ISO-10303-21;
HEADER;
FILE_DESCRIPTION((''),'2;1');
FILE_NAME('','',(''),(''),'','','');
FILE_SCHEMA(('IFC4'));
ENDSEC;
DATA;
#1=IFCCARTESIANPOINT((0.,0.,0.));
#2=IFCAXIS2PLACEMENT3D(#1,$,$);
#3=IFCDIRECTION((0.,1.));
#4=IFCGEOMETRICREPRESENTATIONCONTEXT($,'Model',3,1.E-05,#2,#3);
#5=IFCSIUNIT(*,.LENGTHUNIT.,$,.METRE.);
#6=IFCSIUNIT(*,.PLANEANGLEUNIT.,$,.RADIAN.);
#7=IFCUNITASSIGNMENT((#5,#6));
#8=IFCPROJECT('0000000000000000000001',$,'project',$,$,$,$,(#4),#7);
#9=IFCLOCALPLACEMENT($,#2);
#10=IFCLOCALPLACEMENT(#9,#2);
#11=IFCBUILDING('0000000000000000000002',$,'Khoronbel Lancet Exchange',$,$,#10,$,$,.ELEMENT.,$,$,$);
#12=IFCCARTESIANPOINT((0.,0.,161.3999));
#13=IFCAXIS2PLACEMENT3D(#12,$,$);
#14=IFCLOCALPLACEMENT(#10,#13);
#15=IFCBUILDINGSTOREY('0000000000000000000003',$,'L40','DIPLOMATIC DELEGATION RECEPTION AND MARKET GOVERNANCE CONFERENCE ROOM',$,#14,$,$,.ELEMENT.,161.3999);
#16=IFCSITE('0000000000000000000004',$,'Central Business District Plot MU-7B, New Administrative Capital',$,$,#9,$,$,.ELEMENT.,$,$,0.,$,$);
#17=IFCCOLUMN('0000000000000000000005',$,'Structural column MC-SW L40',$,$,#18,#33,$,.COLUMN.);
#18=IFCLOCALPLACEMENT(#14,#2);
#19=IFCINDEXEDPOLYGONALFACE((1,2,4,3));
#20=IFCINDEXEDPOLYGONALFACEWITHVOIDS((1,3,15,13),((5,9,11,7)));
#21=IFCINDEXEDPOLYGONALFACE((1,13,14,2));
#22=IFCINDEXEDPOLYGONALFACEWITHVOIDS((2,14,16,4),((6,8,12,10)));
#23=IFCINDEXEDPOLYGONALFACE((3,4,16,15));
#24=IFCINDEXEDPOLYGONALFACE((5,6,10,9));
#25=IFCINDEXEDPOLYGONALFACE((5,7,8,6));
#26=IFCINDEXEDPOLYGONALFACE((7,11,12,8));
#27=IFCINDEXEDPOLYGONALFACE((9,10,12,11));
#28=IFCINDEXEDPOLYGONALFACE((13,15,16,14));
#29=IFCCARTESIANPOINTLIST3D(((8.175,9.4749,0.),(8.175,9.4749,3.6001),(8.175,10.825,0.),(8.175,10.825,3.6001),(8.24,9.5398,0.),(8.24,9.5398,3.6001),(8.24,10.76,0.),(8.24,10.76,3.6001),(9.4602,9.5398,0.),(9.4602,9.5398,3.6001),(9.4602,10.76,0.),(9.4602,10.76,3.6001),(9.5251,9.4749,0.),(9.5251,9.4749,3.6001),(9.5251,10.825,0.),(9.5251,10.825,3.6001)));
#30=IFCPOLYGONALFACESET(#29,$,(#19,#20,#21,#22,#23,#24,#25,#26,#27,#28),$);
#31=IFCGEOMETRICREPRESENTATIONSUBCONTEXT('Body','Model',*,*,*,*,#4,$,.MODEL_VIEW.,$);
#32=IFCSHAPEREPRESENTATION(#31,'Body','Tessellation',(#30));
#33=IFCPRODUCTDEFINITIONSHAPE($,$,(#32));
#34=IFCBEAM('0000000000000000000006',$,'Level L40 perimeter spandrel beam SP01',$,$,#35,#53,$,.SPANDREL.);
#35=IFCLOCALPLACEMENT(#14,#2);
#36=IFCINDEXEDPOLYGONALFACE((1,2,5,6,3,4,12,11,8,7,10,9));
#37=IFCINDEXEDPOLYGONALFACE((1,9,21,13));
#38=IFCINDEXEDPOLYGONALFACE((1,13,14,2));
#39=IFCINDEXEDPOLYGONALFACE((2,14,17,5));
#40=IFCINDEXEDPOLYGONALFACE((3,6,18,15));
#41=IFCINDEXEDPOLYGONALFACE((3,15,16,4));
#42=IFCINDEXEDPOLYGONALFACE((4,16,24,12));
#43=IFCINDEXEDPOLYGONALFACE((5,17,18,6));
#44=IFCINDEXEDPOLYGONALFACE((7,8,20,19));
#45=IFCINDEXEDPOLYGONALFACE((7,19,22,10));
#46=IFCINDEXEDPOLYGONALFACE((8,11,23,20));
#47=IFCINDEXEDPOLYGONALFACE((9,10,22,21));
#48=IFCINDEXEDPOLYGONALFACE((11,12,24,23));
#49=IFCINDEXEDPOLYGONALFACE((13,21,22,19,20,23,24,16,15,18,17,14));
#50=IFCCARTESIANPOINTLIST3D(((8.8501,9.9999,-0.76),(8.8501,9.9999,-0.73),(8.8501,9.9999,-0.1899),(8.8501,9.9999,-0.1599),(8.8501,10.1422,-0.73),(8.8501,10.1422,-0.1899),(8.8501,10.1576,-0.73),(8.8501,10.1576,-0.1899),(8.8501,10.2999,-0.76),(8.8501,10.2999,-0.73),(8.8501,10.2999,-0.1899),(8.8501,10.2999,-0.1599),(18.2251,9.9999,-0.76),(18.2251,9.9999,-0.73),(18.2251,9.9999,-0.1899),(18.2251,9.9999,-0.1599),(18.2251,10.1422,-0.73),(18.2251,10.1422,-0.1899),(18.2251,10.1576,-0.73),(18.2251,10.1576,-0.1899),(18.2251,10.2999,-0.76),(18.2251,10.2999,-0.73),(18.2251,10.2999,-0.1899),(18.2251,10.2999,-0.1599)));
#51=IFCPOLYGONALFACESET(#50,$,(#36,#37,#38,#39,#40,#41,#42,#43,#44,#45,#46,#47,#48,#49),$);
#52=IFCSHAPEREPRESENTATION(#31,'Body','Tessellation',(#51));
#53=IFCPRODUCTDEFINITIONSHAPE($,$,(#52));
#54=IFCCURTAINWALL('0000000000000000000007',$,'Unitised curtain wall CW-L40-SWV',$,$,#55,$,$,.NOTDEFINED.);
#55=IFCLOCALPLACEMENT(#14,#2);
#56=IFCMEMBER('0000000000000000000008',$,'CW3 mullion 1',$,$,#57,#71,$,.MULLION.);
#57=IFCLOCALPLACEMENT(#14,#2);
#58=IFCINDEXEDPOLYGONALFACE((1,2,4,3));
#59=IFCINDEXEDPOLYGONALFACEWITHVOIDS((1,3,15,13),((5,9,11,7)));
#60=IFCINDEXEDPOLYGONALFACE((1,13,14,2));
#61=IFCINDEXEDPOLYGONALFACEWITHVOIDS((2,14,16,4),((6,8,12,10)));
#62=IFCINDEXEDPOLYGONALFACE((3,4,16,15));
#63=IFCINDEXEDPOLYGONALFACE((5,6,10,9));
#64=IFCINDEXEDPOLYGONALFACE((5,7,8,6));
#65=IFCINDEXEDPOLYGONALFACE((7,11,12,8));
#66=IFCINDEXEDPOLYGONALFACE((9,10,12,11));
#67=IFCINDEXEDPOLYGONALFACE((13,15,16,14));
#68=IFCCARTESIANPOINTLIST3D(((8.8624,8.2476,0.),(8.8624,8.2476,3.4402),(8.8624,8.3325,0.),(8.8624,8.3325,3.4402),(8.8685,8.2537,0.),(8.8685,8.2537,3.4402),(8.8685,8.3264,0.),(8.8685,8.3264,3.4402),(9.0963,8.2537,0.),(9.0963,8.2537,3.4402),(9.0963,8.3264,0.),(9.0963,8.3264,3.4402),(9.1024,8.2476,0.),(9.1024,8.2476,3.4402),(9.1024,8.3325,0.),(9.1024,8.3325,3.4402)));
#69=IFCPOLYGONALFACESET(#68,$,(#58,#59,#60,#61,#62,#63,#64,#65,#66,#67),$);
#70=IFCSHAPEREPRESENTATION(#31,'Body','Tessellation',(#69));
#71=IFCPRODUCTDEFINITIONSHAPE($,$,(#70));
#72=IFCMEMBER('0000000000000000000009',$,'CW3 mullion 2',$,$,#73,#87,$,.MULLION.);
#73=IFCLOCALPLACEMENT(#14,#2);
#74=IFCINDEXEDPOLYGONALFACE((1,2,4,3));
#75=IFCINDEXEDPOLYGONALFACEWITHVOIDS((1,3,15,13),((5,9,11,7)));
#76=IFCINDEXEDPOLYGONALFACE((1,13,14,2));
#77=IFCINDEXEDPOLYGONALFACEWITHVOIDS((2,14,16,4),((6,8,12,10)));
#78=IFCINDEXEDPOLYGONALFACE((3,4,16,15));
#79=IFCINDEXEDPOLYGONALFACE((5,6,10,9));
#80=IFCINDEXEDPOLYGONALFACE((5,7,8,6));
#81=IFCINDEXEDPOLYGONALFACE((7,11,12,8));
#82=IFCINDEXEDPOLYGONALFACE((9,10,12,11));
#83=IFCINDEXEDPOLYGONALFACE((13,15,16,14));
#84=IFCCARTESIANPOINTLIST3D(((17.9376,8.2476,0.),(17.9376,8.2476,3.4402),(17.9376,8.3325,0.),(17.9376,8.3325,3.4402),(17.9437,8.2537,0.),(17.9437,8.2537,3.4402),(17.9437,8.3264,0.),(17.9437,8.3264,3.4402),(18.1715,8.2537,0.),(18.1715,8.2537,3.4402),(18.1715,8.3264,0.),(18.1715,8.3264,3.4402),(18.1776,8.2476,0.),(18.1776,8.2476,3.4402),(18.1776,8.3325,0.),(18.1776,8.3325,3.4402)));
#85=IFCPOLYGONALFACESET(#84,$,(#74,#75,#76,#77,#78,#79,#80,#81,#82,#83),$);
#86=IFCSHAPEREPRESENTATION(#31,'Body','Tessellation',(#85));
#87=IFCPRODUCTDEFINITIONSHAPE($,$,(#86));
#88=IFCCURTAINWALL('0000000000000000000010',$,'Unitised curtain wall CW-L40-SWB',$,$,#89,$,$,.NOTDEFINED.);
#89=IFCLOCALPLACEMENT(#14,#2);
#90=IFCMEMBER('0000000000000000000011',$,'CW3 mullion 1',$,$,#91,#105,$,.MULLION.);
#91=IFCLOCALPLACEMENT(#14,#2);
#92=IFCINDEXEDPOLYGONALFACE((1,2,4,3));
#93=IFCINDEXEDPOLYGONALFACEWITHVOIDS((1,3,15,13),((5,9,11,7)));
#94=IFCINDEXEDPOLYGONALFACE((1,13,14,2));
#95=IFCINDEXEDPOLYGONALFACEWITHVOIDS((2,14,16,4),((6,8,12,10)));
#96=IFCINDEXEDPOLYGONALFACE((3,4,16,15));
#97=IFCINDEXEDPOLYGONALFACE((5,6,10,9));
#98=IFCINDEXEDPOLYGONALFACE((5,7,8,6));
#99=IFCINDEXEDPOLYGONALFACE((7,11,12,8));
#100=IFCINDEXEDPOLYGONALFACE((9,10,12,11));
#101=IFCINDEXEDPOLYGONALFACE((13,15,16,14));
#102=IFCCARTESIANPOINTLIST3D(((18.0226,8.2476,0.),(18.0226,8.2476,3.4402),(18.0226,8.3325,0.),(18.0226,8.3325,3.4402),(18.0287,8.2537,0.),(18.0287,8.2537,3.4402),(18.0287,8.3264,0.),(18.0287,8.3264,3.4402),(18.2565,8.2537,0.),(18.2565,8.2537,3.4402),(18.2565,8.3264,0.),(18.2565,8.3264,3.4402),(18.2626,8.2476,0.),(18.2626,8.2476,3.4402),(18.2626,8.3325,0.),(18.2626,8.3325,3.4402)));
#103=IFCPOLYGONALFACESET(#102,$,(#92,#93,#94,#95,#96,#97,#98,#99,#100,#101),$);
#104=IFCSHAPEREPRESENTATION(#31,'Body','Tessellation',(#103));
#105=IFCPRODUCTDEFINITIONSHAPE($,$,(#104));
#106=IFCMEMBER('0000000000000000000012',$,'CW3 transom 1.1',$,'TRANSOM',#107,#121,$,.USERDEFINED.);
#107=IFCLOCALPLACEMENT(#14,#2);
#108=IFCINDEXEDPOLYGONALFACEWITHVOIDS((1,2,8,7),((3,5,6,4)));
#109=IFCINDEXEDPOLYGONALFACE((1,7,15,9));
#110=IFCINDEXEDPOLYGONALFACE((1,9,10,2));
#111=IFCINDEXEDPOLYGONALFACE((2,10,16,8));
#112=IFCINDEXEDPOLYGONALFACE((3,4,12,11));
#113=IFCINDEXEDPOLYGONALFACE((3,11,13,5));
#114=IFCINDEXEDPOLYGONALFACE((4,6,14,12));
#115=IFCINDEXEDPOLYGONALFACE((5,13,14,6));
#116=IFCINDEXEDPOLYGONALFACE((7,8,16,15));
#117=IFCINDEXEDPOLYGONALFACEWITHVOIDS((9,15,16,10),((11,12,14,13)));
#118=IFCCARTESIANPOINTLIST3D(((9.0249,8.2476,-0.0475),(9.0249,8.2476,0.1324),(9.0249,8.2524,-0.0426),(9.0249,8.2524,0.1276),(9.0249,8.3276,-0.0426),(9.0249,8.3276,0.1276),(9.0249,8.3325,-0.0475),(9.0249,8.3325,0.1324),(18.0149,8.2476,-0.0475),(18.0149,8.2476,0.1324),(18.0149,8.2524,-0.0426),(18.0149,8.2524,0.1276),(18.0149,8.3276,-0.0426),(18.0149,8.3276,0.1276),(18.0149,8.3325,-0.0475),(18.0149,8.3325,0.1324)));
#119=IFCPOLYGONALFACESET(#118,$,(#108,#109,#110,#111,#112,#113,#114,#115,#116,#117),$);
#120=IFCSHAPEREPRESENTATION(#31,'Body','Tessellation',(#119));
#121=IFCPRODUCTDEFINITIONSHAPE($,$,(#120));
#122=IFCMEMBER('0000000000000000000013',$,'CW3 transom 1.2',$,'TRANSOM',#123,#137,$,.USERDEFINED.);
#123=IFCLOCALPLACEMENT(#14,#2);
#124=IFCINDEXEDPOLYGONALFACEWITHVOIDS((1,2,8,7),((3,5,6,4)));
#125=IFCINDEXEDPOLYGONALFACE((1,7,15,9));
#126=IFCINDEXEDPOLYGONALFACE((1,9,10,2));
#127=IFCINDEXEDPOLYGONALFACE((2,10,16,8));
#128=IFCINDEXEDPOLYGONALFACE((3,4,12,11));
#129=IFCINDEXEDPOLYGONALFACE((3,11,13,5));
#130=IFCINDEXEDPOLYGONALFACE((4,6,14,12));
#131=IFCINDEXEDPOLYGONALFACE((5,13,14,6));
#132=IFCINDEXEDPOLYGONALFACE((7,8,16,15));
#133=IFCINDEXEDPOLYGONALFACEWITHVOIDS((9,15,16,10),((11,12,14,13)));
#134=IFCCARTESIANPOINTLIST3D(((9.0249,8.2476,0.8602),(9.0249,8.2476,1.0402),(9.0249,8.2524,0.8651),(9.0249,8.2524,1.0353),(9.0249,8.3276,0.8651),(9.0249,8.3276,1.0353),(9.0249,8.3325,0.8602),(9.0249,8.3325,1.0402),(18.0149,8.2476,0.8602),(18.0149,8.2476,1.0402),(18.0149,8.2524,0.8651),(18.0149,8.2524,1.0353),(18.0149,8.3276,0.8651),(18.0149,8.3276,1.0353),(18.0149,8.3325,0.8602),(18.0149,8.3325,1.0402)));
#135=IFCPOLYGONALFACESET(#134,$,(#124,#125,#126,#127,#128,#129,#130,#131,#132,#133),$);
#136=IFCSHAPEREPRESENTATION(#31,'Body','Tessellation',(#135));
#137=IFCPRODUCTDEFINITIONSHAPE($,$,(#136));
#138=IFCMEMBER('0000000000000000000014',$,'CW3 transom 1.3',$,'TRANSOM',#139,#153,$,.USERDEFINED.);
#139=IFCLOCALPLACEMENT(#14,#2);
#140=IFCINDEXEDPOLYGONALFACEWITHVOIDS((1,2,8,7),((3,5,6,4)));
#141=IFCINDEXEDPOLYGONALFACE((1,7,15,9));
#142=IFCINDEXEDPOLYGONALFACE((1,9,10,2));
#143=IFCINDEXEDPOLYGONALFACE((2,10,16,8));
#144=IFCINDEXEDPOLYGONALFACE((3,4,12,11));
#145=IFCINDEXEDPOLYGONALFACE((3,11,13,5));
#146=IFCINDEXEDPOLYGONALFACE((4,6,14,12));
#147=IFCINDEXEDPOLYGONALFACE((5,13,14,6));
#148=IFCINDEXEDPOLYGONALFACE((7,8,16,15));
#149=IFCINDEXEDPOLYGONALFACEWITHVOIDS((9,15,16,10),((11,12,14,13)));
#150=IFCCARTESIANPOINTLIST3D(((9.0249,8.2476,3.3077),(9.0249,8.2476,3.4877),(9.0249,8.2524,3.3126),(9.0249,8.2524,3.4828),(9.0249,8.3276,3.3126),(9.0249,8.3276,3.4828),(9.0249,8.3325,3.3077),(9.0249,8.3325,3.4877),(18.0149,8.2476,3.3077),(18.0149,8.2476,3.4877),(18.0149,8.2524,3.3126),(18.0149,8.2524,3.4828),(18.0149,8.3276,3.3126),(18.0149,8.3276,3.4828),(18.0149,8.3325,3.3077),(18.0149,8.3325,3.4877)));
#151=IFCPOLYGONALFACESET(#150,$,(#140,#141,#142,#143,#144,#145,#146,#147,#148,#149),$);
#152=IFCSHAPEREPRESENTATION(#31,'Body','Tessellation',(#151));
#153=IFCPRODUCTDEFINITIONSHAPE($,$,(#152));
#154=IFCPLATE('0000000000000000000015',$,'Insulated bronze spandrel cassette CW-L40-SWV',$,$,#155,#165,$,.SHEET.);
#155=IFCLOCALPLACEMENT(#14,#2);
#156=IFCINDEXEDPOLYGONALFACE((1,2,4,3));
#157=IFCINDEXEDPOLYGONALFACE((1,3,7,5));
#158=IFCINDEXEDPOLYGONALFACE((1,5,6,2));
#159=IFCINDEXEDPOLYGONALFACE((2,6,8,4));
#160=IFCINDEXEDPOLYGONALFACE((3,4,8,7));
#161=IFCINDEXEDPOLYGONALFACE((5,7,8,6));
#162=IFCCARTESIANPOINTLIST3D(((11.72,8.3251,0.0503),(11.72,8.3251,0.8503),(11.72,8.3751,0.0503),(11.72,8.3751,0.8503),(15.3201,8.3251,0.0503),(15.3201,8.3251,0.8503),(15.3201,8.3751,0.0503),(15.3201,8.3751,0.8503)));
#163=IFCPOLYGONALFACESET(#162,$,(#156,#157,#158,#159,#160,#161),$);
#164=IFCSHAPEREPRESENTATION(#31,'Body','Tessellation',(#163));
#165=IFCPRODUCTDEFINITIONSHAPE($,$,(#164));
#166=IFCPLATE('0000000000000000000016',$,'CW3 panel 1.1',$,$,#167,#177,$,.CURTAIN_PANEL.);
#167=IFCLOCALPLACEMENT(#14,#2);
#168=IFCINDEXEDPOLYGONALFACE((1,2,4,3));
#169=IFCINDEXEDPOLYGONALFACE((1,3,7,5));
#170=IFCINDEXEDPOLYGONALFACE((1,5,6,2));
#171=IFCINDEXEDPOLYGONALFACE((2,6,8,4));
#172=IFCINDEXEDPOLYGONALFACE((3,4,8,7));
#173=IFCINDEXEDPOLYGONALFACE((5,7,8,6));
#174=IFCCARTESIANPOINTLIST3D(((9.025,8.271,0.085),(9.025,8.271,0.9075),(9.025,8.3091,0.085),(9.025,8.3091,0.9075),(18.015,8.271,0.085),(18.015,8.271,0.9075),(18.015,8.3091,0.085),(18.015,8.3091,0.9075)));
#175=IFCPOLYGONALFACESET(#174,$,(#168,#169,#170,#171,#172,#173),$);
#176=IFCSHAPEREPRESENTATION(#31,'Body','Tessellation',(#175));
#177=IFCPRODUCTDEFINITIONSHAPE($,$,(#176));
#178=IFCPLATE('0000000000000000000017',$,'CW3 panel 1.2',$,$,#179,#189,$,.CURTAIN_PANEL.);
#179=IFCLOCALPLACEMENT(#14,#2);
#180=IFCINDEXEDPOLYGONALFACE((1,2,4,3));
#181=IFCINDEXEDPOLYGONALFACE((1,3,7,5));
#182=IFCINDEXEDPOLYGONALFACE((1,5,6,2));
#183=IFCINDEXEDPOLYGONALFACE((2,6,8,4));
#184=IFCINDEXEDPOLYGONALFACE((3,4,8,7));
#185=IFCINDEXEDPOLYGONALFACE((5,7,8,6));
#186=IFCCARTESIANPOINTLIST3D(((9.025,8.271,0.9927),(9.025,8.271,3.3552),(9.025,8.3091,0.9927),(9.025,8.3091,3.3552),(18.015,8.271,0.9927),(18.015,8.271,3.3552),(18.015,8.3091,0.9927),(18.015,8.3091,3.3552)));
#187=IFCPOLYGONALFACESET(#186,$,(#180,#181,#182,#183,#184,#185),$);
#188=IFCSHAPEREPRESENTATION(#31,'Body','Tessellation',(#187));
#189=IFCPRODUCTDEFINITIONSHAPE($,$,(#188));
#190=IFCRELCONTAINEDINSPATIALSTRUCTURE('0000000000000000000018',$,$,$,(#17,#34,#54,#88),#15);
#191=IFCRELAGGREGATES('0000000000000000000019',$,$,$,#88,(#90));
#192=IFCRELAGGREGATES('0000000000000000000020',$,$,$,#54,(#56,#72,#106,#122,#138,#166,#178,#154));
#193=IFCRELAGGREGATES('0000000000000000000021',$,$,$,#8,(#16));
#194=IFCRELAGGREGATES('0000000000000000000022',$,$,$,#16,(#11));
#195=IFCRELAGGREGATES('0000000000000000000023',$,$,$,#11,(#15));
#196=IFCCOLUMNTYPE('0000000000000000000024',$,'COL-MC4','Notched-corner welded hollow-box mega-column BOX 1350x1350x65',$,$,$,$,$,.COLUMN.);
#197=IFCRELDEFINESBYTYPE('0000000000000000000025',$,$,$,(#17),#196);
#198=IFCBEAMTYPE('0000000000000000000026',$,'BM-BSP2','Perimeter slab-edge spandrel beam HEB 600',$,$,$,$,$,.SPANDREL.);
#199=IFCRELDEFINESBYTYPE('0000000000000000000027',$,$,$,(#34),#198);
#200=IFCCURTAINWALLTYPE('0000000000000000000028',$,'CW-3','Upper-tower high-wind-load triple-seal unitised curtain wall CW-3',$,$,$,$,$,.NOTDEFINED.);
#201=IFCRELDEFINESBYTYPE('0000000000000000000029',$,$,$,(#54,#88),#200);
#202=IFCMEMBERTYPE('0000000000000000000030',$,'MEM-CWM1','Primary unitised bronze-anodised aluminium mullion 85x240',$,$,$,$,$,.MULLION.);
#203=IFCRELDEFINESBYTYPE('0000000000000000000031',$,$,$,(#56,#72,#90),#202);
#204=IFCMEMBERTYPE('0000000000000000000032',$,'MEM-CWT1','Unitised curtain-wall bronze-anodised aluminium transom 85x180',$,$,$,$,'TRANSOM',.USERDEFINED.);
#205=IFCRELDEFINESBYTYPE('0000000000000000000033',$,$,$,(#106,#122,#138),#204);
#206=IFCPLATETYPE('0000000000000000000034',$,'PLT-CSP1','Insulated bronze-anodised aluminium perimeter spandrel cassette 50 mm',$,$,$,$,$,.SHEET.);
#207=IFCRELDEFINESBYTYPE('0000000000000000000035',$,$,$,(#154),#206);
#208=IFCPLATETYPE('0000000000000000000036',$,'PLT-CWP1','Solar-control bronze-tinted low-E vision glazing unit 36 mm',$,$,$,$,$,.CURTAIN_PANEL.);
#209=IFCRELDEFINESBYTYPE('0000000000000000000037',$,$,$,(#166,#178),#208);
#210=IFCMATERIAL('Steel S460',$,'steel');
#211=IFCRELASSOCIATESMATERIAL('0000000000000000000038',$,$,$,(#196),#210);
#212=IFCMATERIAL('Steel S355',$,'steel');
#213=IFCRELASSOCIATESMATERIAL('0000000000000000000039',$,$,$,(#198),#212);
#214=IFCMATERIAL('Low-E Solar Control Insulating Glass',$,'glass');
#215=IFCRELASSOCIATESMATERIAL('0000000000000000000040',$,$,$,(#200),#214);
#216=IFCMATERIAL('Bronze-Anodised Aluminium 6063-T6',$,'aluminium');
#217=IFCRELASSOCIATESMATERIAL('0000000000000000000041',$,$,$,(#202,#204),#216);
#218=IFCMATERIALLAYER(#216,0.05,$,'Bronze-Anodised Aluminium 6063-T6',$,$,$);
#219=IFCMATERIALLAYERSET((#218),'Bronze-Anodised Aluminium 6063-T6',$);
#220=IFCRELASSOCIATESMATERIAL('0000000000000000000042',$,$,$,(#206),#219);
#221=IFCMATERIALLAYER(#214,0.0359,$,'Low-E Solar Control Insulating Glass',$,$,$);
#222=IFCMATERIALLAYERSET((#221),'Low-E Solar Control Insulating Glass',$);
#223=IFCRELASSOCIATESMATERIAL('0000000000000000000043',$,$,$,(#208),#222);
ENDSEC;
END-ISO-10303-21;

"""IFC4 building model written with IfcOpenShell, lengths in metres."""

from ifc_helpers import new_model, si_unit, direction, frame, origin, origin_2d, place, context, subcontext, project, spatial, rectangle, hollow_rectangle, i_section, extrude, material, layer, layer_set, material_profile, profile_set, type_object, element, aggregate, save


model = new_model("IFC4")

# Units and contexts
model_context = context("Model", 3, precision=1e-05, world=origin(), true_north=direction((0.0, 1.0)))
body_context = subcontext(model_context, "Body", "Model", "MODEL_VIEW")
ifc_project = project(units=[si_unit("LENGTHUNIT", "METRE"), si_unit("PLANEANGLEUNIT", "RADIAN")], contexts=[model_context])

# Site, building, storey
site_placement = place(None, origin())
site = spatial("IfcSite", under=ifc_project, at=site_placement, Name="Central Business District Plot MU-7B, New Administrative Capital", CompositionType="ELEMENT", RefElevation=0.0)
building_placement = place(site_placement, origin())
building = spatial("IfcBuilding", under=site, at=building_placement, Name="Khoronbel Lancet Exchange", CompositionType="ELEMENT")
storey_placement = place(building_placement, frame((0.0, 0.0, 161.3999)))
storey = spatial("IfcBuildingStorey", under=building, at=storey_placement, Name="L40", Description="DIPLOMATIC DELEGATION RECEPTION AND MARKET GOVERNANCE CONFERENCE ROOM", CompositionType="ELEMENT", Elevation=161.3999)

# Column
ifc_material_1 = material(Name="Steel S460", Category="steel")
ifc_material_profile_1 = material_profile(ifc_material_1, hollow_rectangle(XDim=1.3501, YDim=1.3501, WallThickness=0.0649, at=origin_2d()), Name="BOX 1350x1350x65")
ifc_profile_set_1 = profile_set([ifc_material_profile_1], Name="Steel S460")
column_type = type_object("IfcColumnType", Name="COL-MC4", Description="Notched-corner welded hollow-box mega-column BOX 1350x1350x65", PredefinedType="COLUMN", material=ifc_profile_set_1)
column_placement = place(storey_placement, frame((8.8501, 10.1499, 0.0), z_axis=(0.0, 0.0, 1.0), x_axis=(1.0, 0.0, 0.0)))
element("IfcColumn", 1, at=column_placement, inside=storey, type_object=column_type, Name="Structural column MC-SW L40", PredefinedType="COLUMN", context=body_context, shape_type="SweptSolid", body=[
    extrude(hollow_rectangle(XDim=1.3501, YDim=1.3501, WallThickness=0.0649, at=origin_2d()), origin(), (0.0, 0.0, 1.0), 3.6001),
])

# Beam
ifc_material_2 = material(Name="Steel S355", Category="steel")
ifc_material_profile_2 = material_profile(ifc_material_2, i_section(OverallWidth=0.3, OverallDepth=0.6001, WebThickness=0.0154, FlangeThickness=0.03, at=origin_2d()), Name="HEB 600")
ifc_profile_set_2 = profile_set([ifc_material_profile_2], Name="Steel S355")
beam_type = type_object("IfcBeamType", Name="BM-BSP2", Description="Perimeter slab-edge spandrel beam HEB 600", PredefinedType="SPANDREL", material=ifc_profile_set_2)
beam_placement = place(storey_placement, frame((8.8501, 10.1499, -0.46), z_axis=(1.0, 0.0, 0.0), x_axis=(0.0, 1.0, 0.0)))
element("IfcBeam", 2, at=beam_placement, inside=storey, type_object=beam_type, Name="Level L40 perimeter spandrel beam SP01", PredefinedType="SPANDREL", context=body_context, shape_type="SweptSolid", body=[
    extrude(i_section(OverallWidth=0.3, OverallDepth=0.6001, WebThickness=0.0154, FlangeThickness=0.03, at=origin_2d()), origin(), (0.0, 0.0, 1.0), 9.375),
])

# Curtain wall, members
ifc_material_3 = material(Name="Low-E Solar Control Insulating Glass", Category="glass")
curtain_wall_type = type_object("IfcCurtainWallType", Name="CW-3", Description="Upper-tower high-wind-load triple-seal unitised curtain wall CW-3", PredefinedType="NOTDEFINED", material=ifc_material_3)
curtain_wall_1_placement = place(storey_placement, origin())
curtain_wall_1 = element("IfcCurtainWall", 3, at=curtain_wall_1_placement, inside=storey, type_object=curtain_wall_type, Name="Unitised curtain wall CW-L40-SWV", PredefinedType="NOTDEFINED")
ifc_material_4 = material(Name="Bronze-Anodised Aluminium 6063-T6", Category="aluminium")
ifc_material_profile_3 = material_profile(ifc_material_4, hollow_rectangle(XDim=0.085, YDim=0.24, WallThickness=0.0061, at=origin_2d()), Name="ALU MULLION 85x240")
ifc_profile_set_3 = profile_set([ifc_material_profile_3], Name="Bronze-Anodised Aluminium 6063-T6")
member_type_1 = type_object("IfcMemberType", Name="MEM-CWM1", Description="Primary unitised bronze-anodised aluminium mullion 85x240", PredefinedType="MULLION", material=ifc_profile_set_3)
member_1_placement = place(storey_placement, frame((8.9824, 8.29, 0.0), z_axis=(0.0, 0.0, 1.0), x_axis=(0.0, 1.0, 0.0)))
member_1 = element("IfcMember", 4, at=member_1_placement, type_object=member_type_1, Name="CW3 mullion 1", PredefinedType="MULLION", context=body_context, shape_type="SweptSolid", body=[
    extrude(hollow_rectangle(XDim=0.085, YDim=0.24, WallThickness=0.0061, at=origin_2d()), origin(), (0.0, 0.0, 1.0), 3.4402),
])
member_2_placement = place(storey_placement, frame((18.0576, 8.29, 0.0), z_axis=(0.0, 0.0, 1.0), x_axis=(0.0, 1.0, 0.0)))
member_2 = element("IfcMember", 5, at=member_2_placement, type_object=member_type_1, Name="CW3 mullion 2", PredefinedType="MULLION", context=body_context, shape_type="SweptSolid", body=[
    extrude(hollow_rectangle(XDim=0.085, YDim=0.24, WallThickness=0.0061, at=origin_2d()), origin(), (0.0, 0.0, 1.0), 3.4402),
])

# Curtain wall, member
curtain_wall_2_placement = place(storey_placement, origin())
curtain_wall_2 = element("IfcCurtainWall", 6, at=curtain_wall_2_placement, inside=storey, type_object=curtain_wall_type, Name="Unitised curtain wall CW-L40-SWB", PredefinedType="NOTDEFINED")
member_3_placement = place(storey_placement, frame((18.1426, 8.29, 0.0), z_axis=(0.0, 0.0, 1.0), x_axis=(0.0, 1.0, 0.0)))
member_3 = element("IfcMember", 7, at=member_3_placement, type_object=member_type_1, Name="CW3 mullion 1", PredefinedType="MULLION", context=body_context, shape_type="SweptSolid", body=[
    extrude(hollow_rectangle(XDim=0.085, YDim=0.24, WallThickness=0.0061, at=origin_2d()), origin(), (0.0, 0.0, 1.0), 3.4402),
])
aggregate(curtain_wall_2, [member_3])

# Members
ifc_material_profile_4 = material_profile(ifc_material_4, hollow_rectangle(XDim=0.085, YDim=0.1799, WallThickness=0.0049, at=origin_2d()), Name="ALU TRANSOM 85x180")
ifc_profile_set_4 = profile_set([ifc_material_profile_4], Name="Bronze-Anodised Aluminium 6063-T6")
member_type_2 = type_object("IfcMemberType", Name="MEM-CWT1", Description="Unitised curtain-wall bronze-anodised aluminium transom 85x180", ElementType="TRANSOM", PredefinedType="USERDEFINED", material=ifc_profile_set_4)
member_4_placement = place(storey_placement, frame((9.0249, 8.29, 0.0425), z_axis=(1.0, 0.0, 0.0), x_axis=(0.0, 1.0, 0.0)))
member_4 = element("IfcMember", 8, at=member_4_placement, type_object=member_type_2, Name="CW3 transom 1.1", ObjectType="TRANSOM", PredefinedType="USERDEFINED", context=body_context, shape_type="SweptSolid", body=[
    extrude(hollow_rectangle(XDim=0.085, YDim=0.1799, WallThickness=0.0049, at=origin_2d()), origin(), (0.0, 0.0, 1.0), 8.99),
])
member_5_placement = place(storey_placement, frame((9.0249, 8.29, 0.9502), z_axis=(1.0, 0.0, 0.0), x_axis=(0.0, 1.0, 0.0)))
member_5 = element("IfcMember", 9, at=member_5_placement, type_object=member_type_2, Name="CW3 transom 1.2", ObjectType="TRANSOM", PredefinedType="USERDEFINED", context=body_context, shape_type="SweptSolid", body=[
    extrude(hollow_rectangle(XDim=0.085, YDim=0.1799, WallThickness=0.0049, at=origin_2d()), origin(), (0.0, 0.0, 1.0), 8.99),
])
member_6_placement = place(storey_placement, frame((9.0249, 8.29, 3.3977), z_axis=(1.0, 0.0, 0.0), x_axis=(0.0, 1.0, 0.0)))
member_6 = element("IfcMember", 10, at=member_6_placement, type_object=member_type_2, Name="CW3 transom 1.3", ObjectType="TRANSOM", PredefinedType="USERDEFINED", context=body_context, shape_type="SweptSolid", body=[
    extrude(hollow_rectangle(XDim=0.085, YDim=0.1799, WallThickness=0.0049, at=origin_2d()), origin(), (0.0, 0.0, 1.0), 8.99),
])

# Plates
ifc_layer_1 = layer(ifc_material_4, 0.05, Name="Bronze-Anodised Aluminium 6063-T6")
ifc_layer_set_1 = layer_set([ifc_layer_1], Name="Bronze-Anodised Aluminium 6063-T6")
plate_type_1 = type_object("IfcPlateType", Name="PLT-CSP1", Description="Insulated bronze-anodised aluminium perimeter spandrel cassette 50 mm", PredefinedType="SHEET", material=ifc_layer_set_1)
plate_1_placement = place(storey_placement, frame((13.52, 8.3501, 0.0503), z_axis=(0.0, 0.0, 1.0), x_axis=(1.0, 0.0, 0.0)))
plate_1 = element("IfcPlate", 11, at=plate_1_placement, type_object=plate_type_1, Name="Insulated bronze spandrel cassette CW-L40-SWV", PredefinedType="SHEET", context=body_context, shape_type="SweptSolid", body=[
    extrude(rectangle(XDim=3.6001, YDim=0.05, at=origin_2d()), origin(), (0.0, 0.0, 1.0), 0.8),
])
ifc_layer_2 = layer(ifc_material_3, 0.0359, Name="Low-E Solar Control Insulating Glass")
ifc_layer_set_2 = layer_set([ifc_layer_2], Name="Low-E Solar Control Insulating Glass")
plate_type_2 = type_object("IfcPlateType", Name="PLT-CWP1", Description="Solar-control bronze-tinted low-E vision glazing unit 36 mm", PredefinedType="CURTAIN_PANEL", material=ifc_layer_set_2)
plate_2_placement = place(storey_placement, frame((13.52, 8.29, 0.085), z_axis=(0.0, 0.0, 1.0), x_axis=(1.0, 0.0, 0.0)))
plate_2 = element("IfcPlate", 12, at=plate_2_placement, type_object=plate_type_2, Name="CW3 panel 1.1", PredefinedType="CURTAIN_PANEL", context=body_context, shape_type="SweptSolid", body=[
    extrude(rectangle(XDim=8.99, YDim=0.0381, at=origin_2d()), origin(), (0.0, 0.0, 1.0), 0.8225),
])
plate_3_placement = place(storey_placement, frame((13.52, 8.29, 0.9927), z_axis=(0.0, 0.0, 1.0), x_axis=(1.0, 0.0, 0.0)))
plate_3 = element("IfcPlate", 13, at=plate_3_placement, type_object=plate_type_2, Name="CW3 panel 1.2", PredefinedType="CURTAIN_PANEL", context=body_context, shape_type="SweptSolid", body=[
    extrude(rectangle(XDim=8.99, YDim=0.0381, at=origin_2d()), origin(), (0.0, 0.0, 1.0), 2.3625),
])
aggregate(curtain_wall_1, [member_1, member_2, member_4, member_5, member_6, plate_2, plate_3, plate_1])

save(model, "model.ifc")
